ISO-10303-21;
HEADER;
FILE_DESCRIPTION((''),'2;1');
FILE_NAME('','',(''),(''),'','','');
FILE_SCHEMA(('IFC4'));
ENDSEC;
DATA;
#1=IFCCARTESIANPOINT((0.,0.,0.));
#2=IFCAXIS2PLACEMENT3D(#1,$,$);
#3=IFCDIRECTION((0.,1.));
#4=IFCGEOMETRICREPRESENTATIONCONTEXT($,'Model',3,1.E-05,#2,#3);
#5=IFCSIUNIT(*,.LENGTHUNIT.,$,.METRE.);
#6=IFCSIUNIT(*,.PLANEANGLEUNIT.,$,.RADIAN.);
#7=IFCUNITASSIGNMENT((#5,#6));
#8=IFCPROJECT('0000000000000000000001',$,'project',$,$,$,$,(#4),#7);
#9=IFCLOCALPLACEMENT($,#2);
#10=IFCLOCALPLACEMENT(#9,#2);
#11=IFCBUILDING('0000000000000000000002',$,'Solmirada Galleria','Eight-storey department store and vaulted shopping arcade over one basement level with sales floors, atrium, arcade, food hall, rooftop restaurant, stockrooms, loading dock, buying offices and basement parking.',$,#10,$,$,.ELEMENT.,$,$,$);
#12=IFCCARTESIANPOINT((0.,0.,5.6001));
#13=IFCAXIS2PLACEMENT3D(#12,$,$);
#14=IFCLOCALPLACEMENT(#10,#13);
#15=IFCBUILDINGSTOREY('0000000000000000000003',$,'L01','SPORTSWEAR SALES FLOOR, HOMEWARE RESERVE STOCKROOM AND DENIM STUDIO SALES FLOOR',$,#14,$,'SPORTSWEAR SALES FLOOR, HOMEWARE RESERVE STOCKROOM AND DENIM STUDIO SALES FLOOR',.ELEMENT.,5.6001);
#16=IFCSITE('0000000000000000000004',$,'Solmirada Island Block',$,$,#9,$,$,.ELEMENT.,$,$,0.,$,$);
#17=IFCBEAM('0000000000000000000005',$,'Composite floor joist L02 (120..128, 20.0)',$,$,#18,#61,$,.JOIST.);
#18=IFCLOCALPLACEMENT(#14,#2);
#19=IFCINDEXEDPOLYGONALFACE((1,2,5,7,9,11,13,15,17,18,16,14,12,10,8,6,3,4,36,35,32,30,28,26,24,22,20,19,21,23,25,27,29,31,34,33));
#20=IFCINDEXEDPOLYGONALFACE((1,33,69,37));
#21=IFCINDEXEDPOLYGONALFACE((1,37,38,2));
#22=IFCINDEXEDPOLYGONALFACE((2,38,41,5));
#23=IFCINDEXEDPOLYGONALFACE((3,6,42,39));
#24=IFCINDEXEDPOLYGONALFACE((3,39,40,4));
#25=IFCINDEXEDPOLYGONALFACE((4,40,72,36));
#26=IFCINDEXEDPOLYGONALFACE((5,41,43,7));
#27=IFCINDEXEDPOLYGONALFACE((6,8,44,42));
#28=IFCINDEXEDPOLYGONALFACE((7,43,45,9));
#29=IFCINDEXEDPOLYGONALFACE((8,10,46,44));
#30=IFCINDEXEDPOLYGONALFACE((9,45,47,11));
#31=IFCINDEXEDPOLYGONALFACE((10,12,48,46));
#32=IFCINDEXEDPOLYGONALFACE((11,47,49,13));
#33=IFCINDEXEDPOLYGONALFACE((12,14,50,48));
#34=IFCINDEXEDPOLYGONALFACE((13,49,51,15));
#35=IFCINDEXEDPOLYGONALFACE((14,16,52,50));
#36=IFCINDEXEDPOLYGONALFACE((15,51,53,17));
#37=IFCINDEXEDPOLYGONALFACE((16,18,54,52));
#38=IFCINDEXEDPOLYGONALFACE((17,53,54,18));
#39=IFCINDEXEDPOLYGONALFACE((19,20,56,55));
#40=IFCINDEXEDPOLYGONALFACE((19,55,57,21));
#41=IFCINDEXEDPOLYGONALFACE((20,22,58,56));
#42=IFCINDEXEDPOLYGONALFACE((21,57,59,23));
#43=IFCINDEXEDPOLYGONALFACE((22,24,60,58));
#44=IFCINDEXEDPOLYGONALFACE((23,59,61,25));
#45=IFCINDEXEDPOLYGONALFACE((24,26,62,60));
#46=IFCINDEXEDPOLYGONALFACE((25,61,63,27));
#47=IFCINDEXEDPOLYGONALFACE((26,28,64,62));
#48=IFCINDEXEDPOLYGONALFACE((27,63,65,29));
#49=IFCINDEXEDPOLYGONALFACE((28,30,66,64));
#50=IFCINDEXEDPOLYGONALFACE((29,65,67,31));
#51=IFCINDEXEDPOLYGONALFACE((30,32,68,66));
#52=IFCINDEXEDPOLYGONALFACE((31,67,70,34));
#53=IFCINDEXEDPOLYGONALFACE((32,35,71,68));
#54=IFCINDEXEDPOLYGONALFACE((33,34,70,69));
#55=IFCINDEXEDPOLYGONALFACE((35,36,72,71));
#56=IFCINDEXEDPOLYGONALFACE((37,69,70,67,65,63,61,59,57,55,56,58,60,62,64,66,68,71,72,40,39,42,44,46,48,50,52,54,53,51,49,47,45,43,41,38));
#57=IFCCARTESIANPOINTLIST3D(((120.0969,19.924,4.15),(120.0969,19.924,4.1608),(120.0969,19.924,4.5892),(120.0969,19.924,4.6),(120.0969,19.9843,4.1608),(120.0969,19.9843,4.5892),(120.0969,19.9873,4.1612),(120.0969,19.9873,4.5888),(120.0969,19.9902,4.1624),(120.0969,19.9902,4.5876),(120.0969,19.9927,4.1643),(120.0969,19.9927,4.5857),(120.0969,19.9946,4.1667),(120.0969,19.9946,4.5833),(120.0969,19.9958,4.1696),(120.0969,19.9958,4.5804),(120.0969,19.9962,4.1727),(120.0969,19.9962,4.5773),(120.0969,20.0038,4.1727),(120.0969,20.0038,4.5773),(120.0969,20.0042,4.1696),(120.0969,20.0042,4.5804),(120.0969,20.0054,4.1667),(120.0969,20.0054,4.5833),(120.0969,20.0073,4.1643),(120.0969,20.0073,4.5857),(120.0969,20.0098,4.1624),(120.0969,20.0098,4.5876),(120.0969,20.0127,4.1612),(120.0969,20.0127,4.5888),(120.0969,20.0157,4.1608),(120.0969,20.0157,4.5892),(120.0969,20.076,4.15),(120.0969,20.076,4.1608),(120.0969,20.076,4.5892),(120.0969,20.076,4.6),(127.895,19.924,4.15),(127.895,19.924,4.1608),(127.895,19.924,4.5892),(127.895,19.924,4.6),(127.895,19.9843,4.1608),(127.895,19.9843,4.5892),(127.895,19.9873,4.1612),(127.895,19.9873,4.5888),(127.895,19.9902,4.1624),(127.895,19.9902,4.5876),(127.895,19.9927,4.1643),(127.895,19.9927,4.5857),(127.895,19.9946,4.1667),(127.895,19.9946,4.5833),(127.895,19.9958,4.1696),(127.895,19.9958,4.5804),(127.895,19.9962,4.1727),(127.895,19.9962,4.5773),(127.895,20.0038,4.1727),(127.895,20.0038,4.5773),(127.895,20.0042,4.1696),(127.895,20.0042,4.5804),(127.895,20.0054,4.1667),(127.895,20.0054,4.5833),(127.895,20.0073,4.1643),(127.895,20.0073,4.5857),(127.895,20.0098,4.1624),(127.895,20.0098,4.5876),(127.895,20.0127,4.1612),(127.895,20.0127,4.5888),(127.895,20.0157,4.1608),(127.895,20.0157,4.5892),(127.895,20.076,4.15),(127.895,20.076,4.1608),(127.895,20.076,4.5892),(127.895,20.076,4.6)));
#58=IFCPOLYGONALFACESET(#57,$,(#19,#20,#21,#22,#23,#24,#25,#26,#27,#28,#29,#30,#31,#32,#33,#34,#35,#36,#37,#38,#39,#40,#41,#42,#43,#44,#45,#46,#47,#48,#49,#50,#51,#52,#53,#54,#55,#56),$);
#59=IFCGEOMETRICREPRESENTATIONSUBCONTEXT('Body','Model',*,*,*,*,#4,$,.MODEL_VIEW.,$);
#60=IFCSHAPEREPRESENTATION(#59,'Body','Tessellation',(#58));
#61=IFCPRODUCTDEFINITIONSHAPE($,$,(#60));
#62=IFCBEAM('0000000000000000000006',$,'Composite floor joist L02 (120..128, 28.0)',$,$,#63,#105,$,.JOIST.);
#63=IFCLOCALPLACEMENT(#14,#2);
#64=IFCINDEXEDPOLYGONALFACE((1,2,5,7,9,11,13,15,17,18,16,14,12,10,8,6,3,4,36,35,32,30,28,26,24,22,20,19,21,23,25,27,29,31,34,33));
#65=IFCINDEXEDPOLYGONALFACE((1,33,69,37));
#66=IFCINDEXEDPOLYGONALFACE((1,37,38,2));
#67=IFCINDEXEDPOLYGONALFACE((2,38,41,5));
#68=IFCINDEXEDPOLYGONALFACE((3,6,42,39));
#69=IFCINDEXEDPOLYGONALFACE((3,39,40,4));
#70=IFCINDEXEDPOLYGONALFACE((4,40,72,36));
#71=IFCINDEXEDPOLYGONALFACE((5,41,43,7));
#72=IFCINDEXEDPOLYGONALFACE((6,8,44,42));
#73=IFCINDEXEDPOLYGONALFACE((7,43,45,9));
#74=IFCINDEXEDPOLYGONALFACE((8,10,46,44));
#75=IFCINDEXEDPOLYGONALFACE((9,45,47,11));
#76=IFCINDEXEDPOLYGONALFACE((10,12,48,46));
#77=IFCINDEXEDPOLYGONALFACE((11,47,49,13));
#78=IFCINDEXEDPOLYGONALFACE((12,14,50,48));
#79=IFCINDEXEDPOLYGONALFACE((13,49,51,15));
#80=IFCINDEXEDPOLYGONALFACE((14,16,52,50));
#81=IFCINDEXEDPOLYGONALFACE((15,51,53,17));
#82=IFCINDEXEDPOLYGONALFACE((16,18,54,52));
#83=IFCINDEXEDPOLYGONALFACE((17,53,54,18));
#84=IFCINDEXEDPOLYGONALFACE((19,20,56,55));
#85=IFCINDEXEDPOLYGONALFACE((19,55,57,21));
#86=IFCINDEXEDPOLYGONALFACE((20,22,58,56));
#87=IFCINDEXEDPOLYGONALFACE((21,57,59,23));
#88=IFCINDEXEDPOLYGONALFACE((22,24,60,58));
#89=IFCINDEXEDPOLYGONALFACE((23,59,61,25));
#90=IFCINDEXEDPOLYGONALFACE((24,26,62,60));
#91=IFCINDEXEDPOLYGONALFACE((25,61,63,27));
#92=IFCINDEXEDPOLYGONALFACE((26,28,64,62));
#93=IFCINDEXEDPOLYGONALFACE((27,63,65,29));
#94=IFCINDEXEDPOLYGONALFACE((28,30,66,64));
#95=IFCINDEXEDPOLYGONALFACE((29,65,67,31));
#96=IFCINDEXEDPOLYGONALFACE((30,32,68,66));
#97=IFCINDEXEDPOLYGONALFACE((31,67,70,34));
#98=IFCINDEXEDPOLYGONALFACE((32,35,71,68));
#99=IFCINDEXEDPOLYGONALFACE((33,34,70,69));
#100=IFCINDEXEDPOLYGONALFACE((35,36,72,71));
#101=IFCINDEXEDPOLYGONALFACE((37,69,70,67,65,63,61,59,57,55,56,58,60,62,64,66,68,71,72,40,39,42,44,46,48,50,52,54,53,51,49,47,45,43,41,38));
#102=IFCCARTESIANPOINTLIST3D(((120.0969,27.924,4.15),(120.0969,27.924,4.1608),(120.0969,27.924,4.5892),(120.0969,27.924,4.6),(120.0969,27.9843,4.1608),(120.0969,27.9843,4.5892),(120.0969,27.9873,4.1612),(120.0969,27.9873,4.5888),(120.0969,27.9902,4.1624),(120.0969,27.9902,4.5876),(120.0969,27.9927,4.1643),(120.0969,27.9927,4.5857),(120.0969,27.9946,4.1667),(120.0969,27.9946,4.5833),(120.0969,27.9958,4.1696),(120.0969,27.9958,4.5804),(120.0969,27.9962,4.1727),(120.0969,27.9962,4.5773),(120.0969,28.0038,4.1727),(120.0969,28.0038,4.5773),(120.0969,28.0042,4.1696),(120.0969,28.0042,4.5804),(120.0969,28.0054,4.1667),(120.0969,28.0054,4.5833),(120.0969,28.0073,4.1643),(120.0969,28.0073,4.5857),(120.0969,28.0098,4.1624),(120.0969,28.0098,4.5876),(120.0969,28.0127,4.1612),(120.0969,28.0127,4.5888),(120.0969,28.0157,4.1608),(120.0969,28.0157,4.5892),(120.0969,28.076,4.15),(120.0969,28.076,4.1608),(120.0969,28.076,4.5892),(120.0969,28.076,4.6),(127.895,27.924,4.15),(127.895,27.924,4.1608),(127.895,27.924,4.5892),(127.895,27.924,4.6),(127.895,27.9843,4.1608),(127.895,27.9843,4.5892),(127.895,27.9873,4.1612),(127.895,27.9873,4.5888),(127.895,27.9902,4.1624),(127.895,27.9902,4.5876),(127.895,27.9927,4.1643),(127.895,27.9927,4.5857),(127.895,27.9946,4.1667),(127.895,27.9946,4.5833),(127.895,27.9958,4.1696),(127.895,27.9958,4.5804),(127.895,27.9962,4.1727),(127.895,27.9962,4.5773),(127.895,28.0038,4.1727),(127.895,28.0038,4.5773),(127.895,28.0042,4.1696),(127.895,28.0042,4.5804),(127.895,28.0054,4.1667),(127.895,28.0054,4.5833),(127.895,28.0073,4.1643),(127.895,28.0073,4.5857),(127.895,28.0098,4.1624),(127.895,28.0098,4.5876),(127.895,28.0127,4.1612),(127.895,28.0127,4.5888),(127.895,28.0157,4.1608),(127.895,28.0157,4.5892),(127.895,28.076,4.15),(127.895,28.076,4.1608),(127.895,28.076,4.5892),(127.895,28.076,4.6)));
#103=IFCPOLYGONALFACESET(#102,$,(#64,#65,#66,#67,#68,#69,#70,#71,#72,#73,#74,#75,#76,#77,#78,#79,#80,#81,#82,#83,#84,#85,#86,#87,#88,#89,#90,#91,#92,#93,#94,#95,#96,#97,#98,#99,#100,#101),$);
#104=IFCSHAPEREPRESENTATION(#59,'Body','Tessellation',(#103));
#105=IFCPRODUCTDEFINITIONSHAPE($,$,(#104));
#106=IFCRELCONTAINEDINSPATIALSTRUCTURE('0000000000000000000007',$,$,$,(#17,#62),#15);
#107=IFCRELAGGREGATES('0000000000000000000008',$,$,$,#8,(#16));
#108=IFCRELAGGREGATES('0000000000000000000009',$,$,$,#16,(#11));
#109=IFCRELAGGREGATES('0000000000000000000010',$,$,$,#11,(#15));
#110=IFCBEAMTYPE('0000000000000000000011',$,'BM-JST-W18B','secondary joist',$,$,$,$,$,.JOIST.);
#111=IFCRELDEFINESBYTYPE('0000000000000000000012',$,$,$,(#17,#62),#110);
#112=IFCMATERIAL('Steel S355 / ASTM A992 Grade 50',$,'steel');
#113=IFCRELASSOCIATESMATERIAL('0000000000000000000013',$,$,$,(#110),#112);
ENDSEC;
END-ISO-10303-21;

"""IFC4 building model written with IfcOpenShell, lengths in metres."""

from ifc_helpers import new_model, si_unit, direction, frame, origin, origin_2d, place, context, subcontext, project, spatial, i_section, extrude, material, material_profile, profile_set, type_object, element, save


model = new_model("IFC4")

# Units and contexts
model_context = context("Model", 3, precision=1e-05, world=origin(), true_north=direction((0.0, 1.0)))
body_context = subcontext(model_context, "Body", "Model", "MODEL_VIEW")
ifc_project = project(units=[si_unit("LENGTHUNIT", "METRE"), si_unit("PLANEANGLEUNIT", "RADIAN")], contexts=[model_context])

# Site, building, storey
site_placement = place(None, origin())
site = spatial("IfcSite", under=ifc_project, at=site_placement, Name="Solmirada Island Block", CompositionType="ELEMENT", RefElevation=0.0)
building_placement = place(site_placement, origin())
building = spatial("IfcBuilding", under=site, at=building_placement, Name="Solmirada Galleria", Description="Eight-storey department store and vaulted shopping arcade over one basement level with sales floors, atrium, arcade, food hall, rooftop restaurant, stockrooms, loading dock, buying offices and basement parking.", CompositionType="ELEMENT")
storey_placement = place(building_placement, frame((0.0, 0.0, 5.6001)))
storey = spatial("IfcBuildingStorey", under=building, at=storey_placement, Name="L01", Description="SPORTSWEAR SALES FLOOR, HOMEWARE RESERVE STOCKROOM AND DENIM STUDIO SALES FLOOR", LongName="SPORTSWEAR SALES FLOOR, HOMEWARE RESERVE STOCKROOM AND DENIM STUDIO SALES FLOOR", CompositionType="ELEMENT", Elevation=5.6001)

# Beams
ifc_material_1 = material(Name="Steel S355 / ASTM A992 Grade 50", Category="steel")
ifc_material_profile_1 = material_profile(ifc_material_1, i_section(OverallWidth=0.1521, OverallDepth=0.45, WebThickness=0.0076, FlangeThickness=0.0107, FilletRadius=0.012, at=origin_2d()), Name="W18X35")
ifc_profile_set_1 = profile_set([ifc_material_profile_1], Name="Steel S355 / ASTM A992 Grade 50")
beam_type_1 = type_object("IfcBeamType", Name="BM-JST-W18B", Description="secondary joist", PredefinedType="JOIST", material=ifc_profile_set_1)
for number, where, z_axis, x_axis, name in (
    (1, (120.0969, 20.0, 4.375), (1.0, 0.0, 0.0), (0.0, 1.0, 0.0), "Composite floor joist L02 (120..128, 20.0)"),
    (2, (120.0969, 28.0, 4.375), (1.0, 0.0, 0.0), (0.0, 1.0, 0.0), "Composite floor joist L02 (120..128, 28.0)"),
):
    element("IfcBeam", number, at=place(storey_placement, frame(where, z_axis=z_axis, x_axis=x_axis)), inside=storey, type_object=beam_type_1, Name=name, PredefinedType="JOIST", context=body_context, shape_type="SweptSolid", body=[
        extrude(i_section(OverallWidth=0.1521, OverallDepth=0.45, WebThickness=0.0076, FlangeThickness=0.0107, FilletRadius=0.012, at=origin_2d()), origin(), (0.0, 0.0, 1.0), 7.7981),
    ])

save(model, "model.ifc")
